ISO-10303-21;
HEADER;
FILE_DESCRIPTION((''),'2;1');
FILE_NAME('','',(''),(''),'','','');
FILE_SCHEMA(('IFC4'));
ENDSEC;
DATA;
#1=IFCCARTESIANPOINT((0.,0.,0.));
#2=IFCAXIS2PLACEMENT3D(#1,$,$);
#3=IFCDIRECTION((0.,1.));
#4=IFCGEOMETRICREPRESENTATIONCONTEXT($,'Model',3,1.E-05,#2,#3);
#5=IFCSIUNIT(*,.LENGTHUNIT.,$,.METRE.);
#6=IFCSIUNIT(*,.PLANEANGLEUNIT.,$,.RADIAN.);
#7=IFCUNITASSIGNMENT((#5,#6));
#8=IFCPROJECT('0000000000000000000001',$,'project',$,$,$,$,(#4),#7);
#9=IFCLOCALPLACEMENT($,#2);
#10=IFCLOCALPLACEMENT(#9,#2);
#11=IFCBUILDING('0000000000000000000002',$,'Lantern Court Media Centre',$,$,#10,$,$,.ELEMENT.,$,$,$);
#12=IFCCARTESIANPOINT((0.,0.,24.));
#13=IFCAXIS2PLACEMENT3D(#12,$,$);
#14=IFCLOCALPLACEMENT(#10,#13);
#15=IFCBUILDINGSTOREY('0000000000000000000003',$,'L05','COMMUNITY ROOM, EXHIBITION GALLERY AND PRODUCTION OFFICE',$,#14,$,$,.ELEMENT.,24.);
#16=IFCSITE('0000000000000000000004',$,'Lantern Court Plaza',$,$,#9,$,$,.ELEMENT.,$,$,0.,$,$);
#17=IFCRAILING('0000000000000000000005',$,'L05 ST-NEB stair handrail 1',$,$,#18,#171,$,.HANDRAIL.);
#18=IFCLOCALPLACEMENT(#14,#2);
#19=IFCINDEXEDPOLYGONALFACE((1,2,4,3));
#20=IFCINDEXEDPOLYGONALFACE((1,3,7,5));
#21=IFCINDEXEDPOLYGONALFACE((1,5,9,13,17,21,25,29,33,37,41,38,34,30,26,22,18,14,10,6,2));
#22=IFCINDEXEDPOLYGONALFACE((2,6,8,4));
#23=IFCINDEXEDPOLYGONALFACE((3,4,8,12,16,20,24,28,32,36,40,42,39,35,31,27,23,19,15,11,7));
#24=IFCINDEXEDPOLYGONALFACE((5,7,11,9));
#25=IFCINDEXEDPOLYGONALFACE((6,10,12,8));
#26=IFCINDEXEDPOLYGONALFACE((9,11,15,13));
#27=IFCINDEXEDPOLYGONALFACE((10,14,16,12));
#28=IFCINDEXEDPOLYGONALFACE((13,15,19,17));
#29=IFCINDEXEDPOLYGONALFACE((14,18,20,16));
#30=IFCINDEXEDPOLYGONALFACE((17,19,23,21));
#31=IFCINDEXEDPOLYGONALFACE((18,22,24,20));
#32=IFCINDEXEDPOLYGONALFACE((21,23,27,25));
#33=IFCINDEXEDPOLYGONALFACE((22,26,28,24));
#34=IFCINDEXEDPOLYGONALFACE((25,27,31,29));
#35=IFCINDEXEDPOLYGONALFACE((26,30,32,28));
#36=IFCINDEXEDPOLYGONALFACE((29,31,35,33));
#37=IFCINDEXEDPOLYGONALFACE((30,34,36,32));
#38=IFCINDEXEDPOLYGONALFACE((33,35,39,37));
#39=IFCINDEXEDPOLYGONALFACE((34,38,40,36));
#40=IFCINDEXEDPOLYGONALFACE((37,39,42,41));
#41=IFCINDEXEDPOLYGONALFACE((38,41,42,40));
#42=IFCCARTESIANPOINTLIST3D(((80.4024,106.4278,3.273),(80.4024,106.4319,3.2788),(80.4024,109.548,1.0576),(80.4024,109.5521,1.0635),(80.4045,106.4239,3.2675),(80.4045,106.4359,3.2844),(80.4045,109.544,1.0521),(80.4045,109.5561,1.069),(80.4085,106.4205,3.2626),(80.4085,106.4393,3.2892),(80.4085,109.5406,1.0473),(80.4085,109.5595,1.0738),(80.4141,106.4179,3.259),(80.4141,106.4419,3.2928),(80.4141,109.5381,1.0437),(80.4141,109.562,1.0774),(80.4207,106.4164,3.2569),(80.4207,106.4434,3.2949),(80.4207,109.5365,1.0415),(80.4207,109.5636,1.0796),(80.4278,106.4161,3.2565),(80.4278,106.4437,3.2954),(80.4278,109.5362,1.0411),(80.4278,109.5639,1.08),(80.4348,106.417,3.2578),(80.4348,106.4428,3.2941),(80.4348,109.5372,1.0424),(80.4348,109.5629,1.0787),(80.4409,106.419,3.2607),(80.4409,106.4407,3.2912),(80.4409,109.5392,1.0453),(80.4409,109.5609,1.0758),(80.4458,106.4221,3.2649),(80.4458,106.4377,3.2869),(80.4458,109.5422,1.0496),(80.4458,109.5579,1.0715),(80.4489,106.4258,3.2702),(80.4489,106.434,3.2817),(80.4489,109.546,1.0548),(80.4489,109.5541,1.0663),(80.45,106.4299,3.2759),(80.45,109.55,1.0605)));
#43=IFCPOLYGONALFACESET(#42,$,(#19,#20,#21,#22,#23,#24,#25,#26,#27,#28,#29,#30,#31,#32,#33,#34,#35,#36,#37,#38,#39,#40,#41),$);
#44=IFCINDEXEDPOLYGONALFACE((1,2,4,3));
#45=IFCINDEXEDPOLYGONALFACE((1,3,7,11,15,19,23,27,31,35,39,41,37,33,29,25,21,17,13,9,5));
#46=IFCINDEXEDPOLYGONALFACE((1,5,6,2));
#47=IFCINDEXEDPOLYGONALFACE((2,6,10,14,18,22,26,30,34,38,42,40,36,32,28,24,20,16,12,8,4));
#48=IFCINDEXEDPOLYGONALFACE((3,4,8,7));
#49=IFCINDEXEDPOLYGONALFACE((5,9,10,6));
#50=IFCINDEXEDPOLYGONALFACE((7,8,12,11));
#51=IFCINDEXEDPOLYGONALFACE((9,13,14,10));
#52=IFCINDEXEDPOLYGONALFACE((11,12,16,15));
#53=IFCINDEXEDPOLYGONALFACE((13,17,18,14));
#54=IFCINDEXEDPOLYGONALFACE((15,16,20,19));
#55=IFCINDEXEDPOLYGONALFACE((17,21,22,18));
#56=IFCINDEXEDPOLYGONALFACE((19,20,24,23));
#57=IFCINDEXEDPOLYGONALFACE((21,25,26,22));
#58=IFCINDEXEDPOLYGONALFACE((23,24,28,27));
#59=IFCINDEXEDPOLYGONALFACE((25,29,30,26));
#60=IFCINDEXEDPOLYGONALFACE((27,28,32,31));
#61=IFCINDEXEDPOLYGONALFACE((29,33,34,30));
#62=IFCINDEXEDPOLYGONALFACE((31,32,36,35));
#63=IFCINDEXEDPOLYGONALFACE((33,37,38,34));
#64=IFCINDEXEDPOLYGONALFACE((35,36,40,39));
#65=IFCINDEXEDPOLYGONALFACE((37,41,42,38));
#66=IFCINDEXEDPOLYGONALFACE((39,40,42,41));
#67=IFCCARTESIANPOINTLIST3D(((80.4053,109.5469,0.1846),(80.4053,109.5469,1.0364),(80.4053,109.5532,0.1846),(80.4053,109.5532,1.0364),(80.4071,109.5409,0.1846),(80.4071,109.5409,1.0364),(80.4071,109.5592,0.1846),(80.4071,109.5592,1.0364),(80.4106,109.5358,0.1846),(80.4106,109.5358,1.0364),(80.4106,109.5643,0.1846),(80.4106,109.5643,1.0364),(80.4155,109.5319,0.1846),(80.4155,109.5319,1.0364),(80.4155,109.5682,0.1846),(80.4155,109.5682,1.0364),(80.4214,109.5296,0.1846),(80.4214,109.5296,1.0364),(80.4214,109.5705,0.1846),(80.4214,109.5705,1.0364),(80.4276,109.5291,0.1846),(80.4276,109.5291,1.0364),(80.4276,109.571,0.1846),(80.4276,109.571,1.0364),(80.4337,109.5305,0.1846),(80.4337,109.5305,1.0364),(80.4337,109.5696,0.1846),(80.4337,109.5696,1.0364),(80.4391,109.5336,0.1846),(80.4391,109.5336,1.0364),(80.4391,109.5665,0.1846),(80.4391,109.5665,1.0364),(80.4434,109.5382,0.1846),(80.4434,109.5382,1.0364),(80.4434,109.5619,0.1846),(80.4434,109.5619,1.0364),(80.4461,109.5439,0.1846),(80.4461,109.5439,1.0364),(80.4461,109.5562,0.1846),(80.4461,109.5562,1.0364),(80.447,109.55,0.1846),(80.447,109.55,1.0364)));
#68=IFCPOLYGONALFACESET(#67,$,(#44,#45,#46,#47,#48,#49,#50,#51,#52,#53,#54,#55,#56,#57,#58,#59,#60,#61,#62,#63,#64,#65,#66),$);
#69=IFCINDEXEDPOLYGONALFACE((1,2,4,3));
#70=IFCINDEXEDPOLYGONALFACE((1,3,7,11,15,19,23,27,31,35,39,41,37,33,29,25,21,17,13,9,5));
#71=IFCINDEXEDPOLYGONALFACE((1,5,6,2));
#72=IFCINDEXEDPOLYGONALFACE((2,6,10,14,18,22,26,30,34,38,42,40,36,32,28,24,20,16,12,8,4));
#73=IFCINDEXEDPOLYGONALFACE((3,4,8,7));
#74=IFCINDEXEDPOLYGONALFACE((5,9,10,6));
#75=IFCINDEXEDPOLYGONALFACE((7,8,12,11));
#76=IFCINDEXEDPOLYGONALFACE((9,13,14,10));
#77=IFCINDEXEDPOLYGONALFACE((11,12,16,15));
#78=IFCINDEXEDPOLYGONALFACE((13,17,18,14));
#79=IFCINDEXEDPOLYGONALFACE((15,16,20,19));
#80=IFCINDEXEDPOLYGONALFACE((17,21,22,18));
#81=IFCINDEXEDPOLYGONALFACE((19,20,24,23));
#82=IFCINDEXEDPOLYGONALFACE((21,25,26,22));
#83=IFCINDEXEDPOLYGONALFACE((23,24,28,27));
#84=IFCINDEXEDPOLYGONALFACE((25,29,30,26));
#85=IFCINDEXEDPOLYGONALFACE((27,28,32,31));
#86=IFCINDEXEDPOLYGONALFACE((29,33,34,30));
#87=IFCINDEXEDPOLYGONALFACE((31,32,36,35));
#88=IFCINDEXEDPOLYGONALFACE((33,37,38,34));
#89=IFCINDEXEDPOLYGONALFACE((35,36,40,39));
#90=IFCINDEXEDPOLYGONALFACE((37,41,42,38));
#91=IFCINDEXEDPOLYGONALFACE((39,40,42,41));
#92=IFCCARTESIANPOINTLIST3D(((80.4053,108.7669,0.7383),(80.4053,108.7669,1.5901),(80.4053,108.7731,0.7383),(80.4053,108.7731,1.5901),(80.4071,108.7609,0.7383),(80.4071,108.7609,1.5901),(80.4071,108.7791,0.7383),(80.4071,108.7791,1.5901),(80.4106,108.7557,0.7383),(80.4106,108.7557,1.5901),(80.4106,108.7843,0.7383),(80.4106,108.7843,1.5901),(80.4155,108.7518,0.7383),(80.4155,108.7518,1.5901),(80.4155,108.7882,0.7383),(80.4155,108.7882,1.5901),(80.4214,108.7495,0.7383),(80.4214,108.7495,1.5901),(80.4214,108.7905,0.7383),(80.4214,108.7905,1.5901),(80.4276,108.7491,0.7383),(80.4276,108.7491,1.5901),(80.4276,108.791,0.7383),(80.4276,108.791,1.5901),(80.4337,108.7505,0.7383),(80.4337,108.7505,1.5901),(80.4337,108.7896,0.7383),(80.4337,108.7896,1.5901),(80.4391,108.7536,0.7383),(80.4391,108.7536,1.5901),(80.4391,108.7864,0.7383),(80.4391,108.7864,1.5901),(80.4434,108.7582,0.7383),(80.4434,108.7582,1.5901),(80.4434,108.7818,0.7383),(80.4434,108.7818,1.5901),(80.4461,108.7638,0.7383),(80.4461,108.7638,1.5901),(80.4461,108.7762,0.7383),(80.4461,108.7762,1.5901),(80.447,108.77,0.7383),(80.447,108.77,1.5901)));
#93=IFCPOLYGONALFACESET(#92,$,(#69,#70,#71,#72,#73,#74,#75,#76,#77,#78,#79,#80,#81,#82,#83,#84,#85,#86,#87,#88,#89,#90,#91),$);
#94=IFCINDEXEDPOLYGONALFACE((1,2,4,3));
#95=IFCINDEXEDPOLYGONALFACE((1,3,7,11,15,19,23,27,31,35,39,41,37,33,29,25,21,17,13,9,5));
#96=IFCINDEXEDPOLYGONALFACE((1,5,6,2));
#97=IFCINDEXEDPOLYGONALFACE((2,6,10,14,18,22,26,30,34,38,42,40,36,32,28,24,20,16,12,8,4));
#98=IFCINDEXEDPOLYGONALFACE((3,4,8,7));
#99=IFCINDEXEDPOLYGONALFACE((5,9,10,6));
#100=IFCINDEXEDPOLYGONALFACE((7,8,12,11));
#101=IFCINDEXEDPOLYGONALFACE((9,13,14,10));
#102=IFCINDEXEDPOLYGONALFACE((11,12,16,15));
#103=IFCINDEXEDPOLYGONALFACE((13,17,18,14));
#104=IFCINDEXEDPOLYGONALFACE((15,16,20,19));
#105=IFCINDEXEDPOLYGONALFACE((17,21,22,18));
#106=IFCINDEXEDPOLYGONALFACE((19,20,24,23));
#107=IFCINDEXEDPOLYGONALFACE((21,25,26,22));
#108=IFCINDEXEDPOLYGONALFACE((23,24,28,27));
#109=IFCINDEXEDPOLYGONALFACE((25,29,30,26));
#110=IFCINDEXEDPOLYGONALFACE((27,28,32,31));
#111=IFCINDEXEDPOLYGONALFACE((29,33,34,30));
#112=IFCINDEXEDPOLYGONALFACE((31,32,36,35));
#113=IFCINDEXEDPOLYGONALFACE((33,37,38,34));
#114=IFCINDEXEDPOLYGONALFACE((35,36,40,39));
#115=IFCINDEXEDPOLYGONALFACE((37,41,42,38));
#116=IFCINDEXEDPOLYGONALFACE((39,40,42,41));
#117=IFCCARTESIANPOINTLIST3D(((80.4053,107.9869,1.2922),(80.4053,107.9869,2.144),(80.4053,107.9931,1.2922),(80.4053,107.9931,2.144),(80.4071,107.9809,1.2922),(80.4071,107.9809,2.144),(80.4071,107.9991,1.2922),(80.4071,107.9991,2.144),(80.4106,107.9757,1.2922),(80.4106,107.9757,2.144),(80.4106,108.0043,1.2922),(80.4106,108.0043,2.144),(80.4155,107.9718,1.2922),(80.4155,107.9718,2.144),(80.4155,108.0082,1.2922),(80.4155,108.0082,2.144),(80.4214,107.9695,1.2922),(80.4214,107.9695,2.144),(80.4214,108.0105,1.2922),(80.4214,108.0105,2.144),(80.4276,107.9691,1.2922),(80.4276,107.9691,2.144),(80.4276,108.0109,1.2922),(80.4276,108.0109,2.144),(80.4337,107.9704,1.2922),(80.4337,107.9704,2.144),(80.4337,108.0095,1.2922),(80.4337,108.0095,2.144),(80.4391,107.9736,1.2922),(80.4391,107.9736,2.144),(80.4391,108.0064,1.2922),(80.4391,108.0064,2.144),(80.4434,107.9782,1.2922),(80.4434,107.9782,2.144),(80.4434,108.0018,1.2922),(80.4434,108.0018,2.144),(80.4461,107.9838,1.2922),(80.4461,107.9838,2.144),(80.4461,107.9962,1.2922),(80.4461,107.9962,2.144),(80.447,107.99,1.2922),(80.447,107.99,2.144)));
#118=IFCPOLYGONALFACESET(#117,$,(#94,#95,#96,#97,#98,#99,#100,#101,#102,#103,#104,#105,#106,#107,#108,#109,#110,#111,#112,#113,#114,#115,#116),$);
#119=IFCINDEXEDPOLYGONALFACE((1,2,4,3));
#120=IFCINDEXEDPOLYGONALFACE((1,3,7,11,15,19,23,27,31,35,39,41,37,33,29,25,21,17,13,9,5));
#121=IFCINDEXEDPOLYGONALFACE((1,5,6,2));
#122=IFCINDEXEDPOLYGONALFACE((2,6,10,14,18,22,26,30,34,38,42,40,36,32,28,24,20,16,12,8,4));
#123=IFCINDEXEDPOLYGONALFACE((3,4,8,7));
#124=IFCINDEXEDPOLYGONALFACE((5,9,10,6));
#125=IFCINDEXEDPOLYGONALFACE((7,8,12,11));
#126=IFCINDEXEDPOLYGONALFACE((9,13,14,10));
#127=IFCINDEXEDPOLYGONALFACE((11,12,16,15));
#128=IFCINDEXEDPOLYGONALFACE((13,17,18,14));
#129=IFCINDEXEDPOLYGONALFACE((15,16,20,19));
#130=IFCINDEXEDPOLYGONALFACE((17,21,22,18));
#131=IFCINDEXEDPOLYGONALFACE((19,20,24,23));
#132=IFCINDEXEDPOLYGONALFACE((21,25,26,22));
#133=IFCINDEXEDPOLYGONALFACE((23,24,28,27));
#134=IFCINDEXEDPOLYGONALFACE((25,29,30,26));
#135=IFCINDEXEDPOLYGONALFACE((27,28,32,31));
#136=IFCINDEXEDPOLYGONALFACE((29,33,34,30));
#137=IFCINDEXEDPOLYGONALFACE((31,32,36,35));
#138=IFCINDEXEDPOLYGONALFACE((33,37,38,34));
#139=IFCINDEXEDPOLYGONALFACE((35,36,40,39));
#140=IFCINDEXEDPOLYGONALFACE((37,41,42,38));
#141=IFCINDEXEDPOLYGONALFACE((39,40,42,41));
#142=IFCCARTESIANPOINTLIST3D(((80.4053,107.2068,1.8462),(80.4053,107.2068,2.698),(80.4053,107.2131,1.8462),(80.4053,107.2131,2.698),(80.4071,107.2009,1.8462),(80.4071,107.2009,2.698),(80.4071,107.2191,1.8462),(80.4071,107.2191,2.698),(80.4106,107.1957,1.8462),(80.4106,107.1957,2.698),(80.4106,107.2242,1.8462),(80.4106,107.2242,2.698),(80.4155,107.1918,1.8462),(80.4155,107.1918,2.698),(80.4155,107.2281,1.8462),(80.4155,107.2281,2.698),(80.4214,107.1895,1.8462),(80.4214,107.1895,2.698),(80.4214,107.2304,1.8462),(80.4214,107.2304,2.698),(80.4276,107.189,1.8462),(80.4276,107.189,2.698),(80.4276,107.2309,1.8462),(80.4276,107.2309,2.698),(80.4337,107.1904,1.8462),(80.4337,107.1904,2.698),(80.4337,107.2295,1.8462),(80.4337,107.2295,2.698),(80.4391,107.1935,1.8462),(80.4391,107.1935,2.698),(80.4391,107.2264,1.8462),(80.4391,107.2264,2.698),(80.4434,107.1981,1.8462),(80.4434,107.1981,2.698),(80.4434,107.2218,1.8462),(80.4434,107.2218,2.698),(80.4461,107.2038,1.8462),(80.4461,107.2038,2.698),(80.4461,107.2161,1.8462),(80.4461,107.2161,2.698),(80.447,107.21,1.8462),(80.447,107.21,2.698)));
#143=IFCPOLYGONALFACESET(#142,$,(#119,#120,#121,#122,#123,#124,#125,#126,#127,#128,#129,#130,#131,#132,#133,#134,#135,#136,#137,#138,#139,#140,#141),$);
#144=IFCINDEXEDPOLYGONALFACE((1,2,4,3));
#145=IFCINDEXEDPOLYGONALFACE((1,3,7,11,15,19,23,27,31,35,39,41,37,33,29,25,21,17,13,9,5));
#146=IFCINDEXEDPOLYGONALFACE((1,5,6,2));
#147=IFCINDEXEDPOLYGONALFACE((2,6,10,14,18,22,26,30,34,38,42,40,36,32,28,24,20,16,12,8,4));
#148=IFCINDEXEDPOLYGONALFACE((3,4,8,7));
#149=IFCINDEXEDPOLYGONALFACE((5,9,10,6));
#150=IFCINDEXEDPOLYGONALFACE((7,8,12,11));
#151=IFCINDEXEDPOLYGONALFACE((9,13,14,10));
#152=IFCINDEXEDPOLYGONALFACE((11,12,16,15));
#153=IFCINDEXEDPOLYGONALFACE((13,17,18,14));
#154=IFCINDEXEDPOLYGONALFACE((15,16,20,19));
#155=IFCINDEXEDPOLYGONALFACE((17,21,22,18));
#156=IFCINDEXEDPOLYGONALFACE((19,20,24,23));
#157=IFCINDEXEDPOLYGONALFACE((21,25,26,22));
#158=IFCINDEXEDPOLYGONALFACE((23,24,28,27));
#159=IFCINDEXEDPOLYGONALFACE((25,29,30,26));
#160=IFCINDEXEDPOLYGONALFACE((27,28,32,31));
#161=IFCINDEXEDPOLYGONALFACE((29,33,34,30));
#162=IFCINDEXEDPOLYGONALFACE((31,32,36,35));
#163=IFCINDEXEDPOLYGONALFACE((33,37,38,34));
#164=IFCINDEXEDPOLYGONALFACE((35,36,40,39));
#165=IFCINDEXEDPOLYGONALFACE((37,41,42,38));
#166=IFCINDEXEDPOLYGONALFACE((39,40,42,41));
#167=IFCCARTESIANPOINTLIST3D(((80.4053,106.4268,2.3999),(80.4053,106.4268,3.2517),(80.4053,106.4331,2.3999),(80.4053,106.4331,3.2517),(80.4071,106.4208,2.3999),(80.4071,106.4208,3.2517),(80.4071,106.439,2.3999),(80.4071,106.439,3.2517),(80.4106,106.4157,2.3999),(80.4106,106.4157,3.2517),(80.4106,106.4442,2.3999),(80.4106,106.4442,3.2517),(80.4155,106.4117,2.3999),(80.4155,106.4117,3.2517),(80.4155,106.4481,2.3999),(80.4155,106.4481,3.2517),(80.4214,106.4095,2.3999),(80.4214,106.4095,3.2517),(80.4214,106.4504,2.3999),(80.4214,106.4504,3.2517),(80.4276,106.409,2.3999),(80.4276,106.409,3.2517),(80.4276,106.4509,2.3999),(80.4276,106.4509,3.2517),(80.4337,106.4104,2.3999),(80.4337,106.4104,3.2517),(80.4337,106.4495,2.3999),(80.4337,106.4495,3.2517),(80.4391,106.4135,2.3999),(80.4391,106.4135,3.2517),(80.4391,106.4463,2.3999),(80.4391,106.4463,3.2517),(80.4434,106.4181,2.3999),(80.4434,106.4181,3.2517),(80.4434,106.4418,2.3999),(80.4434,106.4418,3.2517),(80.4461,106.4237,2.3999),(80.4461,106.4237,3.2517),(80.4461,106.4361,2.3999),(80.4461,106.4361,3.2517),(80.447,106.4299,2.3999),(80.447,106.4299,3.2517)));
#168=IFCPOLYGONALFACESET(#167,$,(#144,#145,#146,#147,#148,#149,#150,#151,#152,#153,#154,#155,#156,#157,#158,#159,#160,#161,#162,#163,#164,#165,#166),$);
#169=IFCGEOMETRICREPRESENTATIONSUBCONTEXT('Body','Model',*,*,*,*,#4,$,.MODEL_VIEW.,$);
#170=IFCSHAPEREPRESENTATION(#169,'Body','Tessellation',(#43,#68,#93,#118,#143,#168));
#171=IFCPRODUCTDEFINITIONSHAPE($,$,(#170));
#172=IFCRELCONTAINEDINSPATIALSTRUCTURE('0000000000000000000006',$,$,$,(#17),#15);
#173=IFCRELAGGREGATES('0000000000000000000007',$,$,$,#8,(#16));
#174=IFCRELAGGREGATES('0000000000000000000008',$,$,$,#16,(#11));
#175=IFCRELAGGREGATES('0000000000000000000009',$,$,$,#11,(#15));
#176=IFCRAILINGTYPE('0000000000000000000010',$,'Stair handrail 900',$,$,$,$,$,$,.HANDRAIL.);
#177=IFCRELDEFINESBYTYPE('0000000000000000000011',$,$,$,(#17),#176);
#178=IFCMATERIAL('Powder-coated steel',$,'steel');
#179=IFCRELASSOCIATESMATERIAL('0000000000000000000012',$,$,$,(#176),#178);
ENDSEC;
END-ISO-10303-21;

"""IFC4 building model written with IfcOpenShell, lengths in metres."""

from ifc_helpers import new_model, si_unit, direction, frame, origin, origin_2d, place, context, subcontext, project, spatial, circle, extrude, material, type_object, element, save


model = new_model("IFC4")

# Units and contexts
model_context = context("Model", 3, precision=1e-05, world=origin(), true_north=direction((0.0, 1.0)))
body_context = subcontext(model_context, "Body", "Model", "MODEL_VIEW")
ifc_project = project(units=[si_unit("LENGTHUNIT", "METRE"), si_unit("PLANEANGLEUNIT", "RADIAN")], contexts=[model_context])

# Site, building, storey
site_placement = place(None, origin())
site = spatial("IfcSite", under=ifc_project, at=site_placement, Name="Lantern Court Plaza", CompositionType="ELEMENT", RefElevation=0.0)
building_placement = place(site_placement, origin())
building = spatial("IfcBuilding", under=site, at=building_placement, Name="Lantern Court Media Centre", CompositionType="ELEMENT")
storey_placement = place(building_placement, frame((0.0, 0.0, 24.0)))
storey = spatial("IfcBuildingStorey", under=building, at=storey_placement, Name="L05", Description="COMMUNITY ROOM, EXHIBITION GALLERY AND PRODUCTION OFFICE", CompositionType="ELEMENT", Elevation=24.0)

# Shared definitions
ifc_material_1 = material(Name="Powder-coated steel", Category="steel")

# Railing
railing_type_1 = type_object("IfcRailingType", Name="Stair handrail 900", PredefinedType="HANDRAIL", material=ifc_material_1)
railing_1_placement = place(storey_placement, frame((80.426, 109.55, 0.1846)))
element("IfcRailing", 1, at=railing_1_placement, inside=storey, type_object=railing_type_1, Name="L05 ST-NEB stair handrail 1", PredefinedType="HANDRAIL", context=body_context, shape_type="SweptSolid", body=[
    extrude(circle(Radius=0.0239, at=origin_2d()), frame((0.0, 0.0, 0.876), z_axis=(0.0, -0.815377, 0.57893), x_axis=(1.0, 0.0, 0.0)), (0.0, 0.0, 1.0), 3.8267),
    extrude(circle(Radius=0.021, at=origin_2d()), origin(), (0.0, 0.0, 1.0), 0.8518),
    extrude(circle(Radius=0.021, at=origin_2d()), frame((0.0, -0.78, 0.5537)), (0.0, 0.0, 1.0), 0.8518),
    extrude(circle(Radius=0.021, at=origin_2d()), frame((0.0, -1.5601, 1.1077)), (0.0, 0.0, 1.0), 0.8518),
    extrude(circle(Radius=0.021, at=origin_2d()), frame((0.0, -2.3401, 1.6616)), (0.0, 0.0, 1.0), 0.8518),
    extrude(circle(Radius=0.021, at=origin_2d()), frame((0.0, -3.1201, 2.2153)), (0.0, 0.0, 1.0), 0.8518),
])

save(model, "model.ifc")
